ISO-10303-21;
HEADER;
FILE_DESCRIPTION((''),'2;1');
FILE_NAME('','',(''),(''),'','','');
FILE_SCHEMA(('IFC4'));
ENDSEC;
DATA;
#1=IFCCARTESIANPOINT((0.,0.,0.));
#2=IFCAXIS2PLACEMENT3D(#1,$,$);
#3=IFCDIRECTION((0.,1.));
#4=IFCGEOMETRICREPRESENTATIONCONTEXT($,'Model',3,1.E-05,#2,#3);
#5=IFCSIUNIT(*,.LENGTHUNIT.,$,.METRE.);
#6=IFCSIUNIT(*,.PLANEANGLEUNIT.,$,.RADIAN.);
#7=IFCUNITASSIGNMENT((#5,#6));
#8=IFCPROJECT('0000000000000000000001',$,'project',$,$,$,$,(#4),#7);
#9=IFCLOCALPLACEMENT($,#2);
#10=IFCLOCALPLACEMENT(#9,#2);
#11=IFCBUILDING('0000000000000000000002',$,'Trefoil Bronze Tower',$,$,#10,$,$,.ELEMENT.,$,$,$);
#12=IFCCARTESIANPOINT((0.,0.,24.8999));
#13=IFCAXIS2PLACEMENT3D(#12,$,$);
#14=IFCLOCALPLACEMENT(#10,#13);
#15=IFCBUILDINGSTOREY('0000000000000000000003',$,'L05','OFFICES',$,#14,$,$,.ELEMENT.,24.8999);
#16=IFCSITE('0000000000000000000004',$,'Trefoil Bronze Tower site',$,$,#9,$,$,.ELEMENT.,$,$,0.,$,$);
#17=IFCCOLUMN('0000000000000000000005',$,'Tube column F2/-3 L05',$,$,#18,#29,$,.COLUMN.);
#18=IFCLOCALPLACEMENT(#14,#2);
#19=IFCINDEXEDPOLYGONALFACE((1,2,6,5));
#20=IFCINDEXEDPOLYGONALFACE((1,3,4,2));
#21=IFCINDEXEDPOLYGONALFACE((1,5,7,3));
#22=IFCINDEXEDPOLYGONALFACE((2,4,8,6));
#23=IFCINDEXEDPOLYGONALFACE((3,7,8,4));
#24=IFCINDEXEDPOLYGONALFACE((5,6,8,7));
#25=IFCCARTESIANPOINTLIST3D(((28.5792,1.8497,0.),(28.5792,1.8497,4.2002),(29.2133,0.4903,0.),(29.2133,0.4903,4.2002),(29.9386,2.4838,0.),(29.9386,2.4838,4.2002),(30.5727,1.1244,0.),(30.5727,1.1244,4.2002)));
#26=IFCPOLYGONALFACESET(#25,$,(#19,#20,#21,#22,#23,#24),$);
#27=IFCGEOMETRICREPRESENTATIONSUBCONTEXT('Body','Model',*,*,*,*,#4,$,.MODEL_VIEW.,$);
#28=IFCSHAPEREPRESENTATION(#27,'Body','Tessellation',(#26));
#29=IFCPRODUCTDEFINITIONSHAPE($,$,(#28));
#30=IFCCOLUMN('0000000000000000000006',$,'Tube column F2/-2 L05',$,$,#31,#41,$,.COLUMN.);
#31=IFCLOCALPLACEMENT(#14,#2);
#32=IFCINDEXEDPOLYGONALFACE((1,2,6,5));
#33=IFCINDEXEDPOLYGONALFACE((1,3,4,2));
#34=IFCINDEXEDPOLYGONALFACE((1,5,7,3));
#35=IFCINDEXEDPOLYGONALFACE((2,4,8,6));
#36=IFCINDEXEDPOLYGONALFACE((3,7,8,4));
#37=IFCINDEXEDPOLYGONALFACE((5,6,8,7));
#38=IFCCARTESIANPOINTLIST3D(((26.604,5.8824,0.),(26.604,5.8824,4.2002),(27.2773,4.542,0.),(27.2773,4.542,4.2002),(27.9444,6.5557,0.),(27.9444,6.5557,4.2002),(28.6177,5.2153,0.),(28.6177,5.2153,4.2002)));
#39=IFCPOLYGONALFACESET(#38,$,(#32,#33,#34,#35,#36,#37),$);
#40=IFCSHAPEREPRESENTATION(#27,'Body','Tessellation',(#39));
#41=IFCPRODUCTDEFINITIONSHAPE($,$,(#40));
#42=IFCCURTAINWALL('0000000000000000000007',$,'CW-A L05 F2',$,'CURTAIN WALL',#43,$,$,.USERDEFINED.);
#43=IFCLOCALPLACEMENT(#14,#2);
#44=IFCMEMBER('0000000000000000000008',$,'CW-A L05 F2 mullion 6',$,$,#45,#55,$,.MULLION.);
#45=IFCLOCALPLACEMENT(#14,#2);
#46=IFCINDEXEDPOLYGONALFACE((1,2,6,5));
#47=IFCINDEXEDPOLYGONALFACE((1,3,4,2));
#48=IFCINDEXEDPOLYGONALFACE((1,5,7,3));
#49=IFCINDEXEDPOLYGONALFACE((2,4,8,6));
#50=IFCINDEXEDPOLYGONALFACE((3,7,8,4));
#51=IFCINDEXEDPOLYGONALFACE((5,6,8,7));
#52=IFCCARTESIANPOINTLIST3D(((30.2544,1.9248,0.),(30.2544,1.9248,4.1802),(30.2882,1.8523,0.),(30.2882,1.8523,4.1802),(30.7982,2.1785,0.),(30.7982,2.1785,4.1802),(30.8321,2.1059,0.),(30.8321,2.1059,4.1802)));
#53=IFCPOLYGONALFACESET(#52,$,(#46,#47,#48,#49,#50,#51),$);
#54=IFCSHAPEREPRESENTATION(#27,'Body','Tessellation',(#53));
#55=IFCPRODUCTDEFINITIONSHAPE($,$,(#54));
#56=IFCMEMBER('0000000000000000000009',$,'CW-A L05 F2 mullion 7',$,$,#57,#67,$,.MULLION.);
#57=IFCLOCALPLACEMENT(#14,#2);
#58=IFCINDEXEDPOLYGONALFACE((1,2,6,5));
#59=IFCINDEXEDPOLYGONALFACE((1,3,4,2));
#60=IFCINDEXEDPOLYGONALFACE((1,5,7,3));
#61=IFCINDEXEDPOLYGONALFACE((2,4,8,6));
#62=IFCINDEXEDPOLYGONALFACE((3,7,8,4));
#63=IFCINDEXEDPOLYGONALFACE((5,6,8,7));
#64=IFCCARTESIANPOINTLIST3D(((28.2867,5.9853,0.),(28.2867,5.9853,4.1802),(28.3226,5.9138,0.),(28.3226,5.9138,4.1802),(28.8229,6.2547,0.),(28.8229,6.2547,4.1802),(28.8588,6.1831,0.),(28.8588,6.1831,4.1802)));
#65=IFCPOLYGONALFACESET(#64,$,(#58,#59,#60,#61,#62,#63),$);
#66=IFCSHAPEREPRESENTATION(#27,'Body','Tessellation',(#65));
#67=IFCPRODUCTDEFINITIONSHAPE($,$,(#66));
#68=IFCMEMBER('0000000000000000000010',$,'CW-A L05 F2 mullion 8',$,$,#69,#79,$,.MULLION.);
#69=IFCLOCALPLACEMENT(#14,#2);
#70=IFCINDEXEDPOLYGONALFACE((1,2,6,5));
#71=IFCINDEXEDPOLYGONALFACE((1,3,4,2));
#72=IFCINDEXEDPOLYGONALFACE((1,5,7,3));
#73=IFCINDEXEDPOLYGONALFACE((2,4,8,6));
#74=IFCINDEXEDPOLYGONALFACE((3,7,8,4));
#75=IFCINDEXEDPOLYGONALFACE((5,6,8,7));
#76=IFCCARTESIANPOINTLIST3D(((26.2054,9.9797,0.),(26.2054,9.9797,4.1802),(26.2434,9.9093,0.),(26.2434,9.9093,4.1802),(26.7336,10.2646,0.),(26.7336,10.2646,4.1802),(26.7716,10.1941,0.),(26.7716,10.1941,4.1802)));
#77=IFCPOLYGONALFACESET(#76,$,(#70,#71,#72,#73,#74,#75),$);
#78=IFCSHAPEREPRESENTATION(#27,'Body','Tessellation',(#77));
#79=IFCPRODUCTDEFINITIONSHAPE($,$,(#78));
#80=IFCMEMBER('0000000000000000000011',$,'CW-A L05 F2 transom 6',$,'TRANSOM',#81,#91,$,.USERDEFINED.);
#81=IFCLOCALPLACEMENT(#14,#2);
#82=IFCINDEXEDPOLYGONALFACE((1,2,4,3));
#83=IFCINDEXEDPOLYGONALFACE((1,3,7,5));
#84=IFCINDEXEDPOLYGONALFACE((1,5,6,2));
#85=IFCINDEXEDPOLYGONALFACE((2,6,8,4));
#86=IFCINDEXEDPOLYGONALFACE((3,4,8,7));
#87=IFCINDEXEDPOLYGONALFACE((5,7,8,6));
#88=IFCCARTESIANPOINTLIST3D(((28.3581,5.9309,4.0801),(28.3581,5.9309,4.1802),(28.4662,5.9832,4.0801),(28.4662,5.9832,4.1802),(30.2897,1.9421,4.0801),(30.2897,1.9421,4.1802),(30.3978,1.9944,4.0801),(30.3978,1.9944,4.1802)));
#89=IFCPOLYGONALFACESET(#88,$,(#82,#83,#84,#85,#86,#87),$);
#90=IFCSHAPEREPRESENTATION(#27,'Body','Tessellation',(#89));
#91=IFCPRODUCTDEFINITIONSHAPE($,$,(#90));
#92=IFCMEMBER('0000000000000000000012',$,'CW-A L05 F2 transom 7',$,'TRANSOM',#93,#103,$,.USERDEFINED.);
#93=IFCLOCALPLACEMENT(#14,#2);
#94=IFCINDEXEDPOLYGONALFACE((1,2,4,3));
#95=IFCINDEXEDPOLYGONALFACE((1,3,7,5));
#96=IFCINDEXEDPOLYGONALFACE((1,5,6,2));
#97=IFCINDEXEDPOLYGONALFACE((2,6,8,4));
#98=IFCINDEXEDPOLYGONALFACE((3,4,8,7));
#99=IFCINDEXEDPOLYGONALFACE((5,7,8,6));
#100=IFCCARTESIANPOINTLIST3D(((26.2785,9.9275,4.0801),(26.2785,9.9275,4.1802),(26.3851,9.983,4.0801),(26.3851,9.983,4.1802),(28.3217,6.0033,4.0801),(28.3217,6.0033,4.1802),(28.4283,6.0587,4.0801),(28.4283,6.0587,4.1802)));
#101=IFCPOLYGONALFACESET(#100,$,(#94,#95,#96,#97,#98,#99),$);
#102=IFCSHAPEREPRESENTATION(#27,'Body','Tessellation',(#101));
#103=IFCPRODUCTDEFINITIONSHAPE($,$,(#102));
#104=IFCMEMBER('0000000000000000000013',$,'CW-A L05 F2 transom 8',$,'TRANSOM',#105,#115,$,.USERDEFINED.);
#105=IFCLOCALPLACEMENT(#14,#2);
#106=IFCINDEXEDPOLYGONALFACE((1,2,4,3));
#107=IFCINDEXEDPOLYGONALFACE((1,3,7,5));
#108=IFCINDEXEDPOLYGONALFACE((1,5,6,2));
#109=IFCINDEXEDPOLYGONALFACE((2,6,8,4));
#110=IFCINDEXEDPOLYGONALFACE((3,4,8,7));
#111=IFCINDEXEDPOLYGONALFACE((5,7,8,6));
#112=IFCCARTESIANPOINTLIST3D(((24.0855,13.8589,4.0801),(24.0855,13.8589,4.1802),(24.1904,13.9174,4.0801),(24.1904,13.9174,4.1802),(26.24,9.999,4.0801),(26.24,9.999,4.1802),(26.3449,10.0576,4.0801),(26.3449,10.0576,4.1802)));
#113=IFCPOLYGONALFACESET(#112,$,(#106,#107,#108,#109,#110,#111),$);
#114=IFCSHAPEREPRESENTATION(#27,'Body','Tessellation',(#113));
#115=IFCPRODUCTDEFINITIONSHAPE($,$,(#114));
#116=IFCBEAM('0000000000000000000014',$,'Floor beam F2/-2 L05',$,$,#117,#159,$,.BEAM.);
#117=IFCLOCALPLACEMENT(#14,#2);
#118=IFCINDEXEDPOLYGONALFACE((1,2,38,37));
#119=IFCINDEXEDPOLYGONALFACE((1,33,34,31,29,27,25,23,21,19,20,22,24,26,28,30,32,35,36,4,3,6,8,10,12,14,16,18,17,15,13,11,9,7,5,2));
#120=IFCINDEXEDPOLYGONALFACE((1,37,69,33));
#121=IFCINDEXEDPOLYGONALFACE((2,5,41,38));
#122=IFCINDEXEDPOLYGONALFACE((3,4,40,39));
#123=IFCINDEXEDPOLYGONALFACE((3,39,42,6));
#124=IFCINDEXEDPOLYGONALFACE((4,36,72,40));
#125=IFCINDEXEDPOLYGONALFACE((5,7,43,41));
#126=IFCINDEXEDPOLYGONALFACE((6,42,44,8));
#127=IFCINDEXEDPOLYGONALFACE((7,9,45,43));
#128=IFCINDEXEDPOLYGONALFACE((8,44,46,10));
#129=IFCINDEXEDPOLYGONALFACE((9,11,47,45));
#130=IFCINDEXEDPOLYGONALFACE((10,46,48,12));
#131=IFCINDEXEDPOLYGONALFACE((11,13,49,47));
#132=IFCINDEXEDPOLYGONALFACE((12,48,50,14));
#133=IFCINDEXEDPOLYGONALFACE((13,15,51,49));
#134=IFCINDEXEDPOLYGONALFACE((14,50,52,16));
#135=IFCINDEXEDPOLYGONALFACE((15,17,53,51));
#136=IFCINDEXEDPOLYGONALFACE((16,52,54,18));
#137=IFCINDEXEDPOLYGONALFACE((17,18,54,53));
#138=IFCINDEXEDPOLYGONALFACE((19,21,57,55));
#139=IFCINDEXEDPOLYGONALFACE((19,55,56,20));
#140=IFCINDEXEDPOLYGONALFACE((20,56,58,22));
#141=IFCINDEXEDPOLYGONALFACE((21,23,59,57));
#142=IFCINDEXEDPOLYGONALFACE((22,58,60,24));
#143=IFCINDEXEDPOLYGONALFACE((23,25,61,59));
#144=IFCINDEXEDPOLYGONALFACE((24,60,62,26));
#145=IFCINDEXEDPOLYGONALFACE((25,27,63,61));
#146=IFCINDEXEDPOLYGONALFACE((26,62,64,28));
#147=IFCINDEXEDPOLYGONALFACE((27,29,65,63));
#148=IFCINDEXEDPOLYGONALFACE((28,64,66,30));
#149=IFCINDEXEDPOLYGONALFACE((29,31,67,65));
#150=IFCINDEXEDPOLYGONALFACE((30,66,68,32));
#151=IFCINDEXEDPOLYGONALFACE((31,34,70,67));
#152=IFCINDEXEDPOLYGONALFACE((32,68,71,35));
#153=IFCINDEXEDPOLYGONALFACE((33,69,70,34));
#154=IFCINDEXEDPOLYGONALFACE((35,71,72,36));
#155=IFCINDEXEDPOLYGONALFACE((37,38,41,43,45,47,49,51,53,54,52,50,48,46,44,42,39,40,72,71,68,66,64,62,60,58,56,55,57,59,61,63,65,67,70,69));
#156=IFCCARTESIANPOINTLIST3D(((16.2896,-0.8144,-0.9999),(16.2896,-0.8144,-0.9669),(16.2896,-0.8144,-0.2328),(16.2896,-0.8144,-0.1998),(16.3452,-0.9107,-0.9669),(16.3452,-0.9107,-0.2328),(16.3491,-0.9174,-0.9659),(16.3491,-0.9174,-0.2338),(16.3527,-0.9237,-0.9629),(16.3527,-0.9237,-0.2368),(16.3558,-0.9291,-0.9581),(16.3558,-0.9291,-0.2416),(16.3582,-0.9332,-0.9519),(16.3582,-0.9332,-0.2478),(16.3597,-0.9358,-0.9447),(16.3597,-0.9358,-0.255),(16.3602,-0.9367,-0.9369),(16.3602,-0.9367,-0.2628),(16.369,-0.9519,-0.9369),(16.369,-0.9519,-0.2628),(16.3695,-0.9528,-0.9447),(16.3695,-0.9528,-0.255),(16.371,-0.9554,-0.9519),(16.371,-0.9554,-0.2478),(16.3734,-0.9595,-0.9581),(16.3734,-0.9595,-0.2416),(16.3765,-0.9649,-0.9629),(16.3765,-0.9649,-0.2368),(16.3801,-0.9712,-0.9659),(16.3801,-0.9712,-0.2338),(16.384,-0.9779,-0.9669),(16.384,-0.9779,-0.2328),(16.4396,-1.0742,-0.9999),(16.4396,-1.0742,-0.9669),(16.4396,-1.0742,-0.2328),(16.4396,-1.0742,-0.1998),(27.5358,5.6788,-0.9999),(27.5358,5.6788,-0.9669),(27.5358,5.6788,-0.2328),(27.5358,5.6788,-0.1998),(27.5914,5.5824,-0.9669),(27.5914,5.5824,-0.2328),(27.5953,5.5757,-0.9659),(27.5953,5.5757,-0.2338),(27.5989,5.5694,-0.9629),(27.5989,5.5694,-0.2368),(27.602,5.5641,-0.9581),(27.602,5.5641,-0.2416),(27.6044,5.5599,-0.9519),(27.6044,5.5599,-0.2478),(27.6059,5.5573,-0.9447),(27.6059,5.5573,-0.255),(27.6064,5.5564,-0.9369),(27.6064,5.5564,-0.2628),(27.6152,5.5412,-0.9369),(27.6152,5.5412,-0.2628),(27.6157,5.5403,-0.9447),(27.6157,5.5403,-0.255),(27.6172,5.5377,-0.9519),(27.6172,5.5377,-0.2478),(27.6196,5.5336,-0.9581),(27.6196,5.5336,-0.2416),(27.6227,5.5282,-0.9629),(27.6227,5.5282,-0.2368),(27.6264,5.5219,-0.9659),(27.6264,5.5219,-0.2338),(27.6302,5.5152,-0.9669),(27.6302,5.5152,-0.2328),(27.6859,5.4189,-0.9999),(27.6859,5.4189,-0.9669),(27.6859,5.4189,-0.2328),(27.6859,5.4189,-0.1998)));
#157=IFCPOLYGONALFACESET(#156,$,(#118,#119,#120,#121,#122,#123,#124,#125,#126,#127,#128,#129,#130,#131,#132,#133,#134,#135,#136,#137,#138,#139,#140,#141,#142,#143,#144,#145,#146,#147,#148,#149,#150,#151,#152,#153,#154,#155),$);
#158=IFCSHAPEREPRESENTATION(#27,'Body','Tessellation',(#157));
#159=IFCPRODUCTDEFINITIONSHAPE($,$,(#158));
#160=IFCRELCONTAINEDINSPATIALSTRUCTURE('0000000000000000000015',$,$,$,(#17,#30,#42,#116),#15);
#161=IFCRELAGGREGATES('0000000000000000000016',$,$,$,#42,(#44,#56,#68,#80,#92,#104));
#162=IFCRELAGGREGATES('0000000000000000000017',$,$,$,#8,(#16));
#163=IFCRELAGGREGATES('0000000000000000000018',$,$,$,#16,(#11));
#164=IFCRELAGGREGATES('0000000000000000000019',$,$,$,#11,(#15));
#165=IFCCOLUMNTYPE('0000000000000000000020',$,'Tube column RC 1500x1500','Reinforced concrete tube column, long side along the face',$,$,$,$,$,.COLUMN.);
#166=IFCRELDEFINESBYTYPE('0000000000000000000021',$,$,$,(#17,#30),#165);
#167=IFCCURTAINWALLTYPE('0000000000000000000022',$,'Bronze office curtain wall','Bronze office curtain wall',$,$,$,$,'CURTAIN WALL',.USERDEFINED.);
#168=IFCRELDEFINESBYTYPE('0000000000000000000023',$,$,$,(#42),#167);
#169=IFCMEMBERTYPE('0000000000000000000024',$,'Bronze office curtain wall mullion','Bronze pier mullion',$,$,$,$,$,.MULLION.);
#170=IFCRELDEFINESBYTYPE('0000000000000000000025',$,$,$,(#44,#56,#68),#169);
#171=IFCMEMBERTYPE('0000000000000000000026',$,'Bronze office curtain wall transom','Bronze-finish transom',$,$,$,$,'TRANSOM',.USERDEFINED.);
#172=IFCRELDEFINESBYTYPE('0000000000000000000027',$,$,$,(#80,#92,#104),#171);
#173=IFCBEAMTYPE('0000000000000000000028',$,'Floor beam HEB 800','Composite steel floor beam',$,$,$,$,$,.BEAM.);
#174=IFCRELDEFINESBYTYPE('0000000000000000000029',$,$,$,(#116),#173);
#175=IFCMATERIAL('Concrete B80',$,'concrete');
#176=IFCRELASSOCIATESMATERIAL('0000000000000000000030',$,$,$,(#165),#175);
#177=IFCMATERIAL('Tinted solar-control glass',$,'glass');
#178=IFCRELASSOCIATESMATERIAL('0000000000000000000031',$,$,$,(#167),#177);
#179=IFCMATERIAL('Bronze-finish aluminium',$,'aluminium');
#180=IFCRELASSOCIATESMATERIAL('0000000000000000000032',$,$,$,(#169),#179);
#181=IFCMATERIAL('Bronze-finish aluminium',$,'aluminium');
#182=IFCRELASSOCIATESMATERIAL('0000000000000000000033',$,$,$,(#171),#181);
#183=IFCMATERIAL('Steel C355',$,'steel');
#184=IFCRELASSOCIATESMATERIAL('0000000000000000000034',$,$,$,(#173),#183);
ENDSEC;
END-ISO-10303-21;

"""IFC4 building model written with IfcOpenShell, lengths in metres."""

from ifc_helpers import new_model, si_unit, direction, frame, origin, origin_2d, place, context, subcontext, project, spatial, rectangle, i_section, extrude, material, material_profile, profile_set, type_object, element, aggregate, save


model = new_model("IFC4")

# Units and contexts
model_context = context("Model", 3, precision=1e-05, world=origin(), true_north=direction((0.0, 1.0)))
body_context = subcontext(model_context, "Body", "Model", "MODEL_VIEW")
ifc_project = project(units=[si_unit("LENGTHUNIT", "METRE"), si_unit("PLANEANGLEUNIT", "RADIAN")], contexts=[model_context])

# Site, building, storey
site_placement = place(None, origin())
site = spatial("IfcSite", under=ifc_project, at=site_placement, Name="Trefoil Bronze Tower site", CompositionType="ELEMENT", RefElevation=0.0)
building_placement = place(site_placement, origin())
building = spatial("IfcBuilding", under=site, at=building_placement, Name="Trefoil Bronze Tower", CompositionType="ELEMENT")
storey_placement = place(building_placement, frame((0.0, 0.0, 24.8999)))
storey = spatial("IfcBuildingStorey", under=building, at=storey_placement, Name="L05", Description="OFFICES", CompositionType="ELEMENT", Elevation=24.8999)

# Columns
ifc_material_1 = material(Name="Concrete B80", Category="concrete")
ifc_material_profile_1 = material_profile(ifc_material_1, rectangle(XDim=1.5, YDim=1.5, at=origin_2d()), Name="RC 1500x1500")
ifc_profile_set_1 = profile_set([ifc_material_profile_1], Name="Concrete B80")
column_type = type_object("IfcColumnType", Name="Tube column RC 1500x1500", Description="Reinforced concrete tube column, long side along the face", PredefinedType="COLUMN", material=ifc_profile_set_1)
for number, where, z_axis, x_axis, name in (
    (1, (29.5759, 1.4871, 0.0), (0.0, 0.0, 1.0), (-0.422701, 0.906269, 0.0), "Tube column F2/-3 L05"),
    (2, (27.6108, 5.5488, 0.0), (0.0, 0.0, 1.0), (-0.44889, 0.893587, 0.0), "Tube column F2/-2 L05"),
):
    element("IfcColumn", number, at=place(storey_placement, frame(where, z_axis=z_axis, x_axis=x_axis)), inside=storey, type_object=column_type, Name=name, PredefinedType="COLUMN", context=body_context, shape_type="SweptSolid", body=[
        extrude(rectangle(XDim=1.5, YDim=1.5, at=origin_2d()), origin(), (0.0, 0.0, 1.0), 4.2002),
    ])

# Curtain wall, members
ifc_material_2 = material(Name="Tinted solar-control glass", Category="glass")
curtain_wall_type = type_object("IfcCurtainWallType", Name="Bronze office curtain wall", Description="Bronze office curtain wall", ElementType="CURTAIN WALL", PredefinedType="USERDEFINED", material=ifc_material_2)
curtain_wall_placement = place(storey_placement, origin())
curtain_wall = element("IfcCurtainWall", 3, at=curtain_wall_placement, inside=storey, type_object=curtain_wall_type, Name="CW-A L05 F2", ObjectType="CURTAIN WALL", PredefinedType="USERDEFINED")
ifc_material_3 = material(Name="Bronze-finish aluminium", Category="aluminium")
ifc_material_profile_2 = material_profile(ifc_material_3, rectangle(XDim=0.6001, YDim=0.0801, at=origin_2d()), Name="CW-A mullion")
ifc_profile_set_2 = profile_set([ifc_material_profile_2], Name="Bronze-finish aluminium")
member_type_1 = type_object("IfcMemberType", Name="Bronze office curtain wall mullion", Description="Bronze pier mullion", PredefinedType="MULLION", material=ifc_profile_set_2)
member_1_placement = place(storey_placement, frame((30.5432, 2.0154, 0.0), z_axis=(0.0, 0.0, 1.0), x_axis=(-0.906269, -0.422701, 0.0)))
member_1 = element("IfcMember", 4, at=member_1_placement, type_object=member_type_1, Name="CW-A L05 F2 mullion 6", PredefinedType="MULLION", context=body_context, shape_type="SweptSolid", body=[
    extrude(rectangle(XDim=0.6001, YDim=0.0801, at=origin_2d()), origin(), (0.0, 0.0, 1.0), 4.1802),
])
member_2_placement = place(storey_placement, frame((28.5728, 6.0842, 0.0), z_axis=(0.0, 0.0, 1.0), x_axis=(-0.893587, -0.44889, 0.0)))
member_2 = element("IfcMember", 5, at=member_2_placement, type_object=member_type_1, Name="CW-A L05 F2 mullion 7", PredefinedType="MULLION", context=body_context, shape_type="SweptSolid", body=[
    extrude(rectangle(XDim=0.6001, YDim=0.0801, at=origin_2d()), origin(), (0.0, 0.0, 1.0), 4.1802),
])
member_3_placement = place(storey_placement, frame((26.4885, 10.0869, 0.0), z_axis=(0.0, 0.0, 1.0), x_axis=(-0.880171, -0.474656, 0.0)))
member_3 = element("IfcMember", 6, at=member_3_placement, type_object=member_type_1, Name="CW-A L05 F2 mullion 8", PredefinedType="MULLION", context=body_context, shape_type="SweptSolid", body=[
    extrude(rectangle(XDim=0.6001, YDim=0.0801, at=origin_2d()), origin(), (0.0, 0.0, 1.0), 4.1802),
])
ifc_material_4 = material(Name="Bronze-finish aluminium", Category="aluminium")
ifc_material_profile_3 = material_profile(ifc_material_4, rectangle(XDim=0.1201, YDim=0.1001, at=origin_2d()), Name="CW-A transom")
ifc_profile_set_3 = profile_set([ifc_material_profile_3], Name="Bronze-finish aluminium")
member_type_2 = type_object("IfcMemberType", Name="Bronze office curtain wall transom", Description="Bronze-finish transom", ElementType="TRANSOM", PredefinedType="USERDEFINED", material=ifc_profile_set_3)
member_4_placement = place(storey_placement, frame((30.3438, 1.9683, 4.1301), z_axis=(-0.435852, 0.900018, 0.0), x_axis=(-0.900018, -0.435852, 0.0)))
member_4 = element("IfcMember", 7, at=member_4_placement, type_object=member_type_2, Name="CW-A L05 F2 transom 6", ObjectType="TRANSOM", PredefinedType="USERDEFINED", context=body_context, shape_type="SweptSolid", body=[
    extrude(rectangle(XDim=0.1201, YDim=0.1001, at=origin_2d()), origin(), (0.0, 0.0, 1.0), 4.4319),
])
member_5_placement = place(storey_placement, frame((28.375, 6.031, 4.1301), z_axis=(-0.46181, 0.886979, 0.0), x_axis=(-0.886979, -0.46181, 0.0)))
member_5 = element("IfcMember", 8, at=member_5_placement, type_object=member_type_2, Name="CW-A L05 F2 transom 7", ObjectType="TRANSOM", PredefinedType="USERDEFINED", context=body_context, shape_type="SweptSolid", body=[
    extrude(rectangle(XDim=0.1201, YDim=0.1001, at=origin_2d()), origin(), (0.0, 0.0, 1.0), 4.4243),
])
member_6_placement = place(storey_placement, frame((26.2925, 10.0283, 4.1301), z_axis=(-0.4874, 0.873179, 0.0), x_axis=(-0.873179, -0.4874, 0.0)))
member_6 = element("IfcMember", 9, at=member_6_placement, type_object=member_type_2, Name="CW-A L05 F2 transom 8", ObjectType="TRANSOM", PredefinedType="USERDEFINED", context=body_context, shape_type="SweptSolid", body=[
    extrude(rectangle(XDim=0.1201, YDim=0.1001, at=origin_2d()), origin(), (0.0, 0.0, 1.0), 4.4204),
])

# Beam
ifc_material_5 = material(Name="Steel C355", Category="steel")
ifc_material_profile_4 = material_profile(ifc_material_5, i_section(OverallWidth=0.3, OverallDepth=0.8, WebThickness=0.0176, FlangeThickness=0.033, FilletRadius=0.03, at=origin_2d()), Name="HEB 800")
ifc_profile_set_4 = profile_set([ifc_material_profile_4], Name="Steel C355")
beam_type_1 = type_object("IfcBeamType", Name="Floor beam HEB 800", Description="Composite steel floor beam", PredefinedType="BEAM", material=ifc_profile_set_4)
beam_1_placement = place(storey_placement, frame((27.6108, 5.5488, -0.5999), z_axis=(-0.866022, -0.500005, 0.0), x_axis=(0.500005, -0.866022, 0.0)))
element("IfcBeam", 10, at=beam_1_placement, inside=storey, type_object=beam_type_1, Name="Floor beam F2/-2 L05", PredefinedType="BEAM", context=body_context, shape_type="SweptSolid", body=[
    extrude(i_section(OverallWidth=0.3, OverallDepth=0.8, WebThickness=0.0176, FlangeThickness=0.033, FilletRadius=0.03, at=origin_2d()), origin(), (0.0, 0.0, 1.0), 12.9861),
])

aggregate(curtain_wall, [member_1, member_2, member_3, member_4, member_5, member_6])

save(model, "model.ifc")
